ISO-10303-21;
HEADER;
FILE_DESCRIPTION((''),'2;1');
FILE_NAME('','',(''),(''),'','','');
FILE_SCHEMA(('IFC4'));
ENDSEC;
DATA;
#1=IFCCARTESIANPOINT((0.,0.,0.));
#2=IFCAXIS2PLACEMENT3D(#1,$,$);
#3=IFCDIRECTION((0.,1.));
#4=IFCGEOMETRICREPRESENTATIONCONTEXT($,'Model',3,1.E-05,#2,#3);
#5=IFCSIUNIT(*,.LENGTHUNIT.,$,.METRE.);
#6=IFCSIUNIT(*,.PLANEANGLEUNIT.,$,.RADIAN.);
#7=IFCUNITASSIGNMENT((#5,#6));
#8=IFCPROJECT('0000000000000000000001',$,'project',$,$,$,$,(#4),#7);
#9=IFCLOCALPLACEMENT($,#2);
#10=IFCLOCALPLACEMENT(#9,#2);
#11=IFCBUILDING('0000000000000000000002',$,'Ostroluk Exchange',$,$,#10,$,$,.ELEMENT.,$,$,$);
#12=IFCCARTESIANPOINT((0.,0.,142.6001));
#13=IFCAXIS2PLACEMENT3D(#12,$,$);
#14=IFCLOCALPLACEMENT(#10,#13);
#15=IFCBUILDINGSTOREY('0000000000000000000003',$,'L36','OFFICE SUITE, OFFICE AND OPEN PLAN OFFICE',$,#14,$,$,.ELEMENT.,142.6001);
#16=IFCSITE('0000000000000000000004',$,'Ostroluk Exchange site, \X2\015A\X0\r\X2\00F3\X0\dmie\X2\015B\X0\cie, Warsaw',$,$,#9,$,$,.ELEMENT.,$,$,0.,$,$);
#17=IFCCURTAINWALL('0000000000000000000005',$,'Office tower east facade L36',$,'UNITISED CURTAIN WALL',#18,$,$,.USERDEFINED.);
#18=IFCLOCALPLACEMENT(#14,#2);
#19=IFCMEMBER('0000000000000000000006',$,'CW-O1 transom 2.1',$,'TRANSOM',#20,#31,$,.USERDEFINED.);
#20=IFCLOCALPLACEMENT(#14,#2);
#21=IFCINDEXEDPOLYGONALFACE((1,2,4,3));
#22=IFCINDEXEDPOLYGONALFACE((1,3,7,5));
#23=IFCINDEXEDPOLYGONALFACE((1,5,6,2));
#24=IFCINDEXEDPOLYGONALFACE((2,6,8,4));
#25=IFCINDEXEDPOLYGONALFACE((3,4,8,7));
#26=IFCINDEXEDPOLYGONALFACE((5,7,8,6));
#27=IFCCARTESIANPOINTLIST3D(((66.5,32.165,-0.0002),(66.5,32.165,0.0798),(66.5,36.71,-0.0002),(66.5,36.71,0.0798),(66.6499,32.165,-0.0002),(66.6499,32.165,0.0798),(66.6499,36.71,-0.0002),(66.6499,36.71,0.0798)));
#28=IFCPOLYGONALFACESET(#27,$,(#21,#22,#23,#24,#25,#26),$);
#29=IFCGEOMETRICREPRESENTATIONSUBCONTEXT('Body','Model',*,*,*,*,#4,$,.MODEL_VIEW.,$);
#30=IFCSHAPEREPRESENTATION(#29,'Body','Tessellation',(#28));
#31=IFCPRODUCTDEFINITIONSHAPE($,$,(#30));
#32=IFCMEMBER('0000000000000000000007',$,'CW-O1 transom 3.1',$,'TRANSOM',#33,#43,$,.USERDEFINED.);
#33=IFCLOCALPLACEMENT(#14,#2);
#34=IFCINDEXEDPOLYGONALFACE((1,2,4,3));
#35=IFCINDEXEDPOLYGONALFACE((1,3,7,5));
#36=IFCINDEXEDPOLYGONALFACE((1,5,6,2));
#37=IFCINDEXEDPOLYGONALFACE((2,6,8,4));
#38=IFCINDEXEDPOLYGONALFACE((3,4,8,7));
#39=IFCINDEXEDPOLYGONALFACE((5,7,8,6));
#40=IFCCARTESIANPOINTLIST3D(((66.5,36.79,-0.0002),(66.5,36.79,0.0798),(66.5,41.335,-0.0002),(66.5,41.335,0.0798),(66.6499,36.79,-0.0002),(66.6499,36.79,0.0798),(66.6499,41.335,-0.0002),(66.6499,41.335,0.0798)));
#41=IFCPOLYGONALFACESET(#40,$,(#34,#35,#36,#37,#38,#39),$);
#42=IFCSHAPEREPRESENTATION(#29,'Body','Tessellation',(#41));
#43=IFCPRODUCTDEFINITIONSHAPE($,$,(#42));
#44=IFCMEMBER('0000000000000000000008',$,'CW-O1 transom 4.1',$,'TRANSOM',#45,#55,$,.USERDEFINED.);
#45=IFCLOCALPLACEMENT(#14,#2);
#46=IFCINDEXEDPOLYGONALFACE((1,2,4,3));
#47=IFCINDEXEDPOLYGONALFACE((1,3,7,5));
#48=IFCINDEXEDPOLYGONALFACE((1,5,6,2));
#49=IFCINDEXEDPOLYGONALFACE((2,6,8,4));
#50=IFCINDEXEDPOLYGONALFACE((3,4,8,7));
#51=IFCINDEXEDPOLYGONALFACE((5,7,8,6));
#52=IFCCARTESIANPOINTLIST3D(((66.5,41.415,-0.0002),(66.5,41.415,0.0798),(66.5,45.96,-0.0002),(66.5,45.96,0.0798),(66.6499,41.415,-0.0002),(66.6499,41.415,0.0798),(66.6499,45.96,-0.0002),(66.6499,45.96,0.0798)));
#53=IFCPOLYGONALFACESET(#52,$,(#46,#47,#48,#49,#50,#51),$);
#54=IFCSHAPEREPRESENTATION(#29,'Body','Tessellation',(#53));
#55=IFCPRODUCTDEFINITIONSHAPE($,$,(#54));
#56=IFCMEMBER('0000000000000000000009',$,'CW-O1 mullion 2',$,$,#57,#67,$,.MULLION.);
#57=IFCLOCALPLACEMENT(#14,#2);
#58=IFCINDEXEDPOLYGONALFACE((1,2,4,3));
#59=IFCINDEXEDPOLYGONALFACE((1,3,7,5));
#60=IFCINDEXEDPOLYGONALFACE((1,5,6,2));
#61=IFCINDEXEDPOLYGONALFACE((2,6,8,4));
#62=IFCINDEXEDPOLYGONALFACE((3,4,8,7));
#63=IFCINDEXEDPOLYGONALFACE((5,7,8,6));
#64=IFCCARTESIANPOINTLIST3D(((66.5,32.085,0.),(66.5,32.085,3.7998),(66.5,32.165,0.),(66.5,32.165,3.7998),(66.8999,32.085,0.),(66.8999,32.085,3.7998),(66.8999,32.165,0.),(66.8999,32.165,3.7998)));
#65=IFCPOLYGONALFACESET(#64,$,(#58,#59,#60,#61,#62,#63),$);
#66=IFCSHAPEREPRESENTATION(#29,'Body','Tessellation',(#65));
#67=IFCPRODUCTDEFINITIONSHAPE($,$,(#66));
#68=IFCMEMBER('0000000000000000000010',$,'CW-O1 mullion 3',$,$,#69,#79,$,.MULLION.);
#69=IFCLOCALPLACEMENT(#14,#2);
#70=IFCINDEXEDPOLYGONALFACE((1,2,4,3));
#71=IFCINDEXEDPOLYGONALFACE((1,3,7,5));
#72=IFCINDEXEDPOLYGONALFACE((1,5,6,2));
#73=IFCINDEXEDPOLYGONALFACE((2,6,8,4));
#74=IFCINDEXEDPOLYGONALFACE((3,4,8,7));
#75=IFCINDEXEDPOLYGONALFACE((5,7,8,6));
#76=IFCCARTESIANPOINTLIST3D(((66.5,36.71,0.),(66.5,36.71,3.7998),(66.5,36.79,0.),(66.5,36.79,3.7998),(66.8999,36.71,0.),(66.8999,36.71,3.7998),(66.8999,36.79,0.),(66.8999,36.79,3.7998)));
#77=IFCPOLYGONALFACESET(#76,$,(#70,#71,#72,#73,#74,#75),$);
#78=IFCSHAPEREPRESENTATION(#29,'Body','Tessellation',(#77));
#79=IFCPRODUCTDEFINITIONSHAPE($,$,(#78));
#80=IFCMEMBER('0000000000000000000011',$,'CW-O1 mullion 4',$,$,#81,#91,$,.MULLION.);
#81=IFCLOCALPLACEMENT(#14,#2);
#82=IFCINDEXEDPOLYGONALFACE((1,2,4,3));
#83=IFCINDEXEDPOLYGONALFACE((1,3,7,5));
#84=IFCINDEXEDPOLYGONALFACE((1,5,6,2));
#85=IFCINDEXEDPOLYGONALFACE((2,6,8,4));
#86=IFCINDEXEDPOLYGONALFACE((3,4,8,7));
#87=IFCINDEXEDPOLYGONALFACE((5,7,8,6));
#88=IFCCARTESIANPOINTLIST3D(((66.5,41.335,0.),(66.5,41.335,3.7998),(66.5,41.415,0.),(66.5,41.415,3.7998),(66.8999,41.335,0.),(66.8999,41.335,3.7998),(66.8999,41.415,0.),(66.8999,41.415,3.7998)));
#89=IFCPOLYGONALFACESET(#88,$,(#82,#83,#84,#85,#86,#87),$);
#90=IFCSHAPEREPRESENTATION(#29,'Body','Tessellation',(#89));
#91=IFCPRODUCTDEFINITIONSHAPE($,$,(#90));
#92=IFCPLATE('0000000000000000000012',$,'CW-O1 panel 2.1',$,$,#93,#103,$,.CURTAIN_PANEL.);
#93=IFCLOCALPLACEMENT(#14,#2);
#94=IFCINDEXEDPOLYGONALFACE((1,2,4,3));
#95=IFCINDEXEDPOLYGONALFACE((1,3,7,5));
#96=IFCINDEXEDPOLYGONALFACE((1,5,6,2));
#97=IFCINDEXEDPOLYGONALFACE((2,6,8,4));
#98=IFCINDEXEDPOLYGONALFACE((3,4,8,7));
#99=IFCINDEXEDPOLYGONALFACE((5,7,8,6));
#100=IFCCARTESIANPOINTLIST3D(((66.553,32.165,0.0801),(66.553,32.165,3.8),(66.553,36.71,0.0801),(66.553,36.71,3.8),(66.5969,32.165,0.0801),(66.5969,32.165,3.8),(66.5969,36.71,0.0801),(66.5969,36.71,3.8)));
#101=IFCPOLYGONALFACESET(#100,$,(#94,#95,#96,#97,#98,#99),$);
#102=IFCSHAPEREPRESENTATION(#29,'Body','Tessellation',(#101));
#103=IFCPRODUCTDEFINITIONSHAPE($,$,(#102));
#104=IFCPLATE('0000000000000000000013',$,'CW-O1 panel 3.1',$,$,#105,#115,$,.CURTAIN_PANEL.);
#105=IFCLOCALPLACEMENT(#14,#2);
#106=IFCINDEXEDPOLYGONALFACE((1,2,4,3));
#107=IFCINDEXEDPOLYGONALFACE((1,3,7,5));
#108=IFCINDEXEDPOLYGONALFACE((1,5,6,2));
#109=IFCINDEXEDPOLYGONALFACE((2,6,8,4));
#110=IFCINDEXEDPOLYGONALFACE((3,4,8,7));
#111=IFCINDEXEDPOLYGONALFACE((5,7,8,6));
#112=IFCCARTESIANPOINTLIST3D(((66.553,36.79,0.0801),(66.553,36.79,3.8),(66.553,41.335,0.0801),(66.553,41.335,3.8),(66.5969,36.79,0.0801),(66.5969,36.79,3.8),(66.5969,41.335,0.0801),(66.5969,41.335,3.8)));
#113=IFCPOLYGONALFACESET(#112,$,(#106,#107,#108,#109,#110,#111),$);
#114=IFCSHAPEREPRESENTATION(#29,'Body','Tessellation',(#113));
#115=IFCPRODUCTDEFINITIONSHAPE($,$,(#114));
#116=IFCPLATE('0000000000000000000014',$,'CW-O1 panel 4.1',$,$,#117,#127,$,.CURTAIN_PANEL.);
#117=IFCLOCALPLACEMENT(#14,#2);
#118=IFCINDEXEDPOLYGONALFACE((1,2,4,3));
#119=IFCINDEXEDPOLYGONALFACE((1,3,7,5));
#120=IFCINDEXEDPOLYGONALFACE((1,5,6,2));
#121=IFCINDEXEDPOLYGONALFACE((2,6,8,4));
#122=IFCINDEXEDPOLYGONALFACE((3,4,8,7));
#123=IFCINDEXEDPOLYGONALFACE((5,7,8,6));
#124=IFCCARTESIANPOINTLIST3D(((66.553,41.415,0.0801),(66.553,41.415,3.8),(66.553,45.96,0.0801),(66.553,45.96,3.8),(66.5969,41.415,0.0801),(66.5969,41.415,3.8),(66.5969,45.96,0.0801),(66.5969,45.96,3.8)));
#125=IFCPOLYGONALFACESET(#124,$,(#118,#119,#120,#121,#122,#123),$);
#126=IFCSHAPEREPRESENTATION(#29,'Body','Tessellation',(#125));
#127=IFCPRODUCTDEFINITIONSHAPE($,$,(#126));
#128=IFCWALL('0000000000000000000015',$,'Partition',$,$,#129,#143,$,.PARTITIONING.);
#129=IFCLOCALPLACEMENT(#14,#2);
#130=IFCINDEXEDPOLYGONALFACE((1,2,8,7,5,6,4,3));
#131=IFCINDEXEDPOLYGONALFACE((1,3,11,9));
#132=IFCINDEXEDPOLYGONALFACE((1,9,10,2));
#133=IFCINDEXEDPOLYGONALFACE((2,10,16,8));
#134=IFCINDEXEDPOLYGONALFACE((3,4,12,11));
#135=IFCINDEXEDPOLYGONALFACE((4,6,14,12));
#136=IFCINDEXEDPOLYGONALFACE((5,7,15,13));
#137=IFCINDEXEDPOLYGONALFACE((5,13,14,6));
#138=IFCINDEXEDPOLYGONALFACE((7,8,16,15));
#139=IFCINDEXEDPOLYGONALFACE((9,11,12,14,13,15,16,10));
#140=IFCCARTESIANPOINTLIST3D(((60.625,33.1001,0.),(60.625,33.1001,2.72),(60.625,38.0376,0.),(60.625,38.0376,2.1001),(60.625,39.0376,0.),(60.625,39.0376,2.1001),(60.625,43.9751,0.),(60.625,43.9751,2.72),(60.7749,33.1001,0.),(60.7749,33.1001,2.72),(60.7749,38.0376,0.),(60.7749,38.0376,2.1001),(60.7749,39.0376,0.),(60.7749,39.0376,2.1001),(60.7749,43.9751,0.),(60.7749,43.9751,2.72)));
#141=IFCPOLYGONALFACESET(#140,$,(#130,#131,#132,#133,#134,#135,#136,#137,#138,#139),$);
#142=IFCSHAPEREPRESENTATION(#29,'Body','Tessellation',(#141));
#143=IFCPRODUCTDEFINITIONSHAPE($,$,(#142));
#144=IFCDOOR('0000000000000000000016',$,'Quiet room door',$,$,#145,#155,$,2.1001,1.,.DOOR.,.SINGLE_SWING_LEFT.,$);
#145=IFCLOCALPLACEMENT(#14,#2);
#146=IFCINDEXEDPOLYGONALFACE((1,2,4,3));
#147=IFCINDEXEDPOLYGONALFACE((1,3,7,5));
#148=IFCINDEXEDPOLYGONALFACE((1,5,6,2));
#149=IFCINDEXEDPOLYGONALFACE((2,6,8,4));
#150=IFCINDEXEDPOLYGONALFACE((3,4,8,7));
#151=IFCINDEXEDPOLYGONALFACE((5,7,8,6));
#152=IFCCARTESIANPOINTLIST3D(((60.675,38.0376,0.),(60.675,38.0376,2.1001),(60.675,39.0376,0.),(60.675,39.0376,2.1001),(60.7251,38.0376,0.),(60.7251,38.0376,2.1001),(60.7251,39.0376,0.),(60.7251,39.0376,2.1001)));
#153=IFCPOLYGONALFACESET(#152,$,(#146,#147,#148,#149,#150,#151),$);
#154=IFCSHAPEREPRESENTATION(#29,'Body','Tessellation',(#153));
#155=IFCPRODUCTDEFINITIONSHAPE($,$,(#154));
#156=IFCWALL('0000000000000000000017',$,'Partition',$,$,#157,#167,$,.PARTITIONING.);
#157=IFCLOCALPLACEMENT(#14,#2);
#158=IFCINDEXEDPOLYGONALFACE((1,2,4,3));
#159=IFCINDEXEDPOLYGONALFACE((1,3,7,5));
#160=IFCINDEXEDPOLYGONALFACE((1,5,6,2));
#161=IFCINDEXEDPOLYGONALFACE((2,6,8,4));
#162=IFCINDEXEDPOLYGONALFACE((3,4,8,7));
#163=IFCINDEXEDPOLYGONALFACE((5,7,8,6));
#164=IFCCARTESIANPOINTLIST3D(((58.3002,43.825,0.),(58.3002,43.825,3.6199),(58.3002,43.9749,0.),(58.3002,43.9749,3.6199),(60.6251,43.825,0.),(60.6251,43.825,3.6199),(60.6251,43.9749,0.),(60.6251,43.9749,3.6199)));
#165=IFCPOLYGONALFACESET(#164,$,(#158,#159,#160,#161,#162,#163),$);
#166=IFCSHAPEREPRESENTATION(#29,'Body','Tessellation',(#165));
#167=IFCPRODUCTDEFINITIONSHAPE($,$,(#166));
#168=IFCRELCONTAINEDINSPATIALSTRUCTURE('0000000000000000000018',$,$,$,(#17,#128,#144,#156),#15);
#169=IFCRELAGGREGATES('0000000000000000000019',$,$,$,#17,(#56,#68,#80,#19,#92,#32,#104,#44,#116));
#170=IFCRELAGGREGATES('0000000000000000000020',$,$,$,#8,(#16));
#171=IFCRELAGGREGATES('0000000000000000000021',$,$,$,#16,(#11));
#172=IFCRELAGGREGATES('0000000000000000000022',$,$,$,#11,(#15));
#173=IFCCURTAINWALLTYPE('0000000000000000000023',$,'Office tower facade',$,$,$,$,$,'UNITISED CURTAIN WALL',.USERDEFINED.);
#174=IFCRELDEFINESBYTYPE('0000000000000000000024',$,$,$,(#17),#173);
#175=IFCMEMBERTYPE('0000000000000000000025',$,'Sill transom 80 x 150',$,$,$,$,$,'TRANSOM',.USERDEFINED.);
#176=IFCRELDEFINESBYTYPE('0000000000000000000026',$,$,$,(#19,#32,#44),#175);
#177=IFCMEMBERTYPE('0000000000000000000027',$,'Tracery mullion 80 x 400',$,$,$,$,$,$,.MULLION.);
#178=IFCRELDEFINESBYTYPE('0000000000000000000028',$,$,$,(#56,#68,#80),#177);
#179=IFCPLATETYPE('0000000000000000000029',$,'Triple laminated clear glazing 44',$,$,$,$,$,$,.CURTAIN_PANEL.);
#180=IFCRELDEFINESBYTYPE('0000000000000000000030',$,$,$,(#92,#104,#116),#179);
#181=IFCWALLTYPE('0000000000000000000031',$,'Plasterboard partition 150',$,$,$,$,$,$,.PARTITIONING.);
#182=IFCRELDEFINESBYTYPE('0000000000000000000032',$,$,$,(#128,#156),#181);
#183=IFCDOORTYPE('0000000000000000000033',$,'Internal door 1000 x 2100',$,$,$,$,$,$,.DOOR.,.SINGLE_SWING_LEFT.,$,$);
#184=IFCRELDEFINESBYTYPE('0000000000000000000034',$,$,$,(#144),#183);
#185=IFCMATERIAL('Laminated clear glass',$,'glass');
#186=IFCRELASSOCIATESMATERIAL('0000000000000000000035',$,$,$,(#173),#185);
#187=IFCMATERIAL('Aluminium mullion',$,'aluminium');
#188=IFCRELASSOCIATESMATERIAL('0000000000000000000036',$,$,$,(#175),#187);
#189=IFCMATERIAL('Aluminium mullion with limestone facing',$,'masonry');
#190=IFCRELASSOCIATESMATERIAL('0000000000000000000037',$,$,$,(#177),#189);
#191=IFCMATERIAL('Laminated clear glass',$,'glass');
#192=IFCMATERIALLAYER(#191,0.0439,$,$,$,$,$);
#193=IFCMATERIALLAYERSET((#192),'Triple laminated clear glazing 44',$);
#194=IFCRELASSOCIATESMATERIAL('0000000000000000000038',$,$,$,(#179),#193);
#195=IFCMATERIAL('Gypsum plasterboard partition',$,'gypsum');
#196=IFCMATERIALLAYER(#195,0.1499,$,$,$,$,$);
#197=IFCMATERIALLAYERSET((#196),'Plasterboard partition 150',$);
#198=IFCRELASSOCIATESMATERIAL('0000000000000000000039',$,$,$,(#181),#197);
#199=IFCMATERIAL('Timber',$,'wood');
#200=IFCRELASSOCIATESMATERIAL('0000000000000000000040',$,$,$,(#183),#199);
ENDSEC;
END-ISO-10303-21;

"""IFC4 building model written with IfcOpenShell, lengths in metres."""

from ifc_helpers import new_model, si_unit, direction, frame, frame_2d, origin, origin_2d, place, context, subcontext, project, spatial, rectangle, extrude, material, layer, layer_set, material_profile, profile_set, type_object, element, fill, aggregate, save


model = new_model("IFC4")

# Units and contexts
model_context = context("Model", 3, precision=1e-05, world=origin(), true_north=direction((0.0, 1.0)))
body_context = subcontext(model_context, "Body", "Model", "MODEL_VIEW")
ifc_project = project(units=[si_unit("LENGTHUNIT", "METRE"), si_unit("PLANEANGLEUNIT", "RADIAN")], contexts=[model_context])

# Site, building, storey
site_placement = place(None, origin())
site = spatial("IfcSite", under=ifc_project, at=site_placement, Name="Ostroluk Exchange site, Śródmieście, Warsaw", CompositionType="ELEMENT", RefElevation=0.0)
building_placement = place(site_placement, origin())
building = spatial("IfcBuilding", under=site, at=building_placement, Name="Ostroluk Exchange", CompositionType="ELEMENT")
storey_placement = place(building_placement, frame((0.0, 0.0, 142.6001)))
storey = spatial("IfcBuildingStorey", under=building, at=storey_placement, Name="L36", Description="OFFICE SUITE, OFFICE AND OPEN PLAN OFFICE", CompositionType="ELEMENT", Elevation=142.6001)

# Curtain wall, members, plates
ifc_material_1 = material(Name="Laminated clear glass", Category="glass")
curtain_wall_type = type_object("IfcCurtainWallType", Name="Office tower facade", ElementType="UNITISED CURTAIN WALL", PredefinedType="USERDEFINED", material=ifc_material_1)
curtain_wall_placement = place(storey_placement, origin())
curtain_wall = element("IfcCurtainWall", 1, at=curtain_wall_placement, inside=storey, type_object=curtain_wall_type, Name="Office tower east facade L36", ObjectType="UNITISED CURTAIN WALL", PredefinedType="USERDEFINED")
ifc_material_2 = material(Name="Aluminium mullion", Category="aluminium")
ifc_material_profile_1 = material_profile(ifc_material_2, rectangle(XDim=0.1499, YDim=0.0801, at=origin_2d()), Name="Sill transom 80 x 150")
ifc_profile_set_1 = profile_set([ifc_material_profile_1], Name="Aluminium mullion")
member_type_1 = type_object("IfcMemberType", Name="Sill transom 80 x 150", ElementType="TRANSOM", PredefinedType="USERDEFINED", material=ifc_profile_set_1)
member_1_placement = place(storey_placement, frame((66.575, 32.165, 0.0398), z_axis=(0.0, 1.0, 0.0), x_axis=(-1.0, 0.0, 0.0)))
member_1 = element("IfcMember", 2, at=member_1_placement, type_object=member_type_1, Name="CW-O1 transom 2.1", ObjectType="TRANSOM", PredefinedType="USERDEFINED", context=body_context, shape_type="SweptSolid", body=[
    extrude(rectangle(XDim=0.1499, YDim=0.0801, at=origin_2d()), origin(), (0.0, 0.0, 1.0), 4.5449),
])
member_2_placement = place(storey_placement, frame((66.575, 36.79, 0.0398), z_axis=(0.0, 1.0, 0.0), x_axis=(-1.0, 0.0, 0.0)))
member_2 = element("IfcMember", 3, at=member_2_placement, type_object=member_type_1, Name="CW-O1 transom 3.1", ObjectType="TRANSOM", PredefinedType="USERDEFINED", context=body_context, shape_type="SweptSolid", body=[
    extrude(rectangle(XDim=0.1499, YDim=0.0801, at=origin_2d()), origin(), (0.0, 0.0, 1.0), 4.5449),
])
member_3_placement = place(storey_placement, frame((66.575, 41.415, 0.0398), z_axis=(0.0, 1.0, 0.0), x_axis=(-1.0, 0.0, 0.0)))
member_3 = element("IfcMember", 4, at=member_3_placement, type_object=member_type_1, Name="CW-O1 transom 4.1", ObjectType="TRANSOM", PredefinedType="USERDEFINED", context=body_context, shape_type="SweptSolid", body=[
    extrude(rectangle(XDim=0.1499, YDim=0.0801, at=origin_2d()), origin(), (0.0, 0.0, 1.0), 4.5449),
])
ifc_material_3 = material(Name="Aluminium mullion with limestone facing", Category="masonry")
ifc_material_profile_2 = material_profile(ifc_material_3, rectangle(XDim=0.3999, YDim=0.0801, at=origin_2d()), Name="Tracery mullion 80 x 400")
ifc_profile_set_2 = profile_set([ifc_material_profile_2], Name="Aluminium mullion with limestone facing")
member_type_2 = type_object("IfcMemberType", Name="Tracery mullion 80 x 400", PredefinedType="MULLION", material=ifc_profile_set_2)
member_4_placement = place(storey_placement, frame((66.7, 32.125, 0.0), z_axis=(0.0, 0.0, 1.0), x_axis=(-1.0, 0.0, 0.0)))
member_4 = element("IfcMember", 5, at=member_4_placement, type_object=member_type_2, Name="CW-O1 mullion 2", PredefinedType="MULLION", context=body_context, shape_type="SweptSolid", body=[
    extrude(rectangle(XDim=0.3999, YDim=0.0801, at=origin_2d()), origin(), (0.0, 0.0, 1.0), 3.7998),
])
member_5_placement = place(storey_placement, frame((66.7, 36.75, 0.0), z_axis=(0.0, 0.0, 1.0), x_axis=(-1.0, 0.0, 0.0)))
member_5 = element("IfcMember", 6, at=member_5_placement, type_object=member_type_2, Name="CW-O1 mullion 3", PredefinedType="MULLION", context=body_context, shape_type="SweptSolid", body=[
    extrude(rectangle(XDim=0.3999, YDim=0.0801, at=origin_2d()), origin(), (0.0, 0.0, 1.0), 3.7998),
])
member_6_placement = place(storey_placement, frame((66.7, 41.375, 0.0), z_axis=(0.0, 0.0, 1.0), x_axis=(-1.0, 0.0, 0.0)))
member_6 = element("IfcMember", 7, at=member_6_placement, type_object=member_type_2, Name="CW-O1 mullion 4", PredefinedType="MULLION", context=body_context, shape_type="SweptSolid", body=[
    extrude(rectangle(XDim=0.3999, YDim=0.0801, at=origin_2d()), origin(), (0.0, 0.0, 1.0), 3.7998),
])
ifc_material_4 = material(Name="Laminated clear glass", Category="glass")
ifc_layer_1 = layer(ifc_material_4, 0.0439)
ifc_layer_set_1 = layer_set([ifc_layer_1], Name="Triple laminated clear glazing 44")
plate_type = type_object("IfcPlateType", Name="Triple laminated clear glazing 44", PredefinedType="CURTAIN_PANEL", material=ifc_layer_set_1)
plate_1_placement = place(storey_placement, frame((66.575, 34.4375, 0.0801), z_axis=(0.0, 0.0, 1.0), x_axis=(0.0, 1.0, 0.0)))
plate_1 = element("IfcPlate", 8, at=plate_1_placement, type_object=plate_type, Name="CW-O1 panel 2.1", PredefinedType="CURTAIN_PANEL", context=body_context, shape_type="SweptSolid", body=[
    extrude(rectangle(XDim=4.5449, YDim=0.0439, at=origin_2d()), origin(), (0.0, 0.0, 1.0), 3.72),
])
plate_2_placement = place(storey_placement, frame((66.575, 39.0625, 0.0801), z_axis=(0.0, 0.0, 1.0), x_axis=(0.0, 1.0, 0.0)))
plate_2 = element("IfcPlate", 9, at=plate_2_placement, type_object=plate_type, Name="CW-O1 panel 3.1", PredefinedType="CURTAIN_PANEL", context=body_context, shape_type="SweptSolid", body=[
    extrude(rectangle(XDim=4.5449, YDim=0.0439, at=origin_2d()), origin(), (0.0, 0.0, 1.0), 3.72),
])
plate_3_placement = place(storey_placement, frame((66.575, 43.6875, 0.0801), z_axis=(0.0, 0.0, 1.0), x_axis=(0.0, 1.0, 0.0)))
plate_3 = element("IfcPlate", 10, at=plate_3_placement, type_object=plate_type, Name="CW-O1 panel 4.1", PredefinedType="CURTAIN_PANEL", context=body_context, shape_type="SweptSolid", body=[
    extrude(rectangle(XDim=4.5449, YDim=0.0439, at=origin_2d()), origin(), (0.0, 0.0, 1.0), 3.72),
])
aggregate(curtain_wall, [member_4, member_5, member_6, member_1, plate_1, member_2, plate_2, member_3, plate_3])

# Wall, opening, door
ifc_material_5 = material(Name="Gypsum plasterboard partition", Category="gypsum")
ifc_layer_2 = layer(ifc_material_5, 0.1499)
ifc_layer_set_2 = layer_set([ifc_layer_2], Name="Plasterboard partition 150")
wall_type = type_object("IfcWallType", Name="Plasterboard partition 150", PredefinedType="PARTITIONING", material=ifc_layer_set_2)
wall_1_placement = place(storey_placement, frame((60.7, 33.1001, 0.0), z_axis=(0.0, 0.0, 1.0), x_axis=(0.0, 1.0, 0.0)))
wall_1 = element("IfcWall", 11, at=wall_1_placement, inside=storey, type_object=wall_type, Name="Partition", PredefinedType="PARTITIONING", context=body_context, shape_type="SweptSolid", body=[
    extrude(rectangle(XDim=10.875, YDim=0.1499, at=frame_2d((5.4375, 0.0))), origin(), (0.0, 0.0, 1.0), 2.72),
])
opening_1_placement = place(wall_1_placement, frame((4.9375, 0.0, 0.0)))
opening_1 = element("IfcOpeningElement", 12, at=opening_1_placement, cuts=wall_1, PredefinedType="OPENING", context=body_context, shape_type="SweptSolid", body=[
    extrude(rectangle(XDim=1.0, YDim=2.1001, at=frame_2d((0.5, 1.05))), frame((0.0, 0.085, 0.0), z_axis=(0.0, -1.0, 0.0), x_axis=(1.0, 0.0, 0.0)), (0.0, 0.0, 1.0), 0.1699),
])
ifc_material_6 = material(Name="Timber", Category="wood")
door_type = type_object("IfcDoorType", Name="Internal door 1000 x 2100", OperationType="SINGLE_SWING_LEFT", PredefinedType="DOOR", material=ifc_material_6)
door_1_placement = place(opening_1_placement, origin())
door_1 = element("IfcDoor", 13, at=door_1_placement, inside=storey, type_object=door_type, Name="Quiet room door", OperationType="SINGLE_SWING_LEFT", OverallHeight=2.1001, OverallWidth=1.0, PredefinedType="DOOR", context=body_context, shape_type="SweptSolid", body=[
    extrude(rectangle(XDim=1.0, YDim=2.1001, at=frame_2d((0.5, 1.05))), frame((0.0, 0.0249, 0.0), z_axis=(0.0, -1.0, 0.0), x_axis=(1.0, 0.0, 0.0)), (0.0, 0.0, 1.0), 0.05),
])
fill(opening_1, door_1)

# Wall
wall_2_placement = place(storey_placement, frame((58.3, 43.8999, 0.0), z_axis=(0.0, 0.0, 1.0), x_axis=(1.0, 0.0, 0.0)))
element("IfcWall", 14, at=wall_2_placement, inside=storey, type_object=wall_type, Name="Partition", PredefinedType="PARTITIONING", context=body_context, shape_type="SweptSolid", body=[
    extrude(rectangle(XDim=2.325, YDim=0.1499, at=frame_2d((1.1626, 0.0))), origin(), (0.0, 0.0, 1.0), 3.6199),
])

save(model, "model.ifc")
